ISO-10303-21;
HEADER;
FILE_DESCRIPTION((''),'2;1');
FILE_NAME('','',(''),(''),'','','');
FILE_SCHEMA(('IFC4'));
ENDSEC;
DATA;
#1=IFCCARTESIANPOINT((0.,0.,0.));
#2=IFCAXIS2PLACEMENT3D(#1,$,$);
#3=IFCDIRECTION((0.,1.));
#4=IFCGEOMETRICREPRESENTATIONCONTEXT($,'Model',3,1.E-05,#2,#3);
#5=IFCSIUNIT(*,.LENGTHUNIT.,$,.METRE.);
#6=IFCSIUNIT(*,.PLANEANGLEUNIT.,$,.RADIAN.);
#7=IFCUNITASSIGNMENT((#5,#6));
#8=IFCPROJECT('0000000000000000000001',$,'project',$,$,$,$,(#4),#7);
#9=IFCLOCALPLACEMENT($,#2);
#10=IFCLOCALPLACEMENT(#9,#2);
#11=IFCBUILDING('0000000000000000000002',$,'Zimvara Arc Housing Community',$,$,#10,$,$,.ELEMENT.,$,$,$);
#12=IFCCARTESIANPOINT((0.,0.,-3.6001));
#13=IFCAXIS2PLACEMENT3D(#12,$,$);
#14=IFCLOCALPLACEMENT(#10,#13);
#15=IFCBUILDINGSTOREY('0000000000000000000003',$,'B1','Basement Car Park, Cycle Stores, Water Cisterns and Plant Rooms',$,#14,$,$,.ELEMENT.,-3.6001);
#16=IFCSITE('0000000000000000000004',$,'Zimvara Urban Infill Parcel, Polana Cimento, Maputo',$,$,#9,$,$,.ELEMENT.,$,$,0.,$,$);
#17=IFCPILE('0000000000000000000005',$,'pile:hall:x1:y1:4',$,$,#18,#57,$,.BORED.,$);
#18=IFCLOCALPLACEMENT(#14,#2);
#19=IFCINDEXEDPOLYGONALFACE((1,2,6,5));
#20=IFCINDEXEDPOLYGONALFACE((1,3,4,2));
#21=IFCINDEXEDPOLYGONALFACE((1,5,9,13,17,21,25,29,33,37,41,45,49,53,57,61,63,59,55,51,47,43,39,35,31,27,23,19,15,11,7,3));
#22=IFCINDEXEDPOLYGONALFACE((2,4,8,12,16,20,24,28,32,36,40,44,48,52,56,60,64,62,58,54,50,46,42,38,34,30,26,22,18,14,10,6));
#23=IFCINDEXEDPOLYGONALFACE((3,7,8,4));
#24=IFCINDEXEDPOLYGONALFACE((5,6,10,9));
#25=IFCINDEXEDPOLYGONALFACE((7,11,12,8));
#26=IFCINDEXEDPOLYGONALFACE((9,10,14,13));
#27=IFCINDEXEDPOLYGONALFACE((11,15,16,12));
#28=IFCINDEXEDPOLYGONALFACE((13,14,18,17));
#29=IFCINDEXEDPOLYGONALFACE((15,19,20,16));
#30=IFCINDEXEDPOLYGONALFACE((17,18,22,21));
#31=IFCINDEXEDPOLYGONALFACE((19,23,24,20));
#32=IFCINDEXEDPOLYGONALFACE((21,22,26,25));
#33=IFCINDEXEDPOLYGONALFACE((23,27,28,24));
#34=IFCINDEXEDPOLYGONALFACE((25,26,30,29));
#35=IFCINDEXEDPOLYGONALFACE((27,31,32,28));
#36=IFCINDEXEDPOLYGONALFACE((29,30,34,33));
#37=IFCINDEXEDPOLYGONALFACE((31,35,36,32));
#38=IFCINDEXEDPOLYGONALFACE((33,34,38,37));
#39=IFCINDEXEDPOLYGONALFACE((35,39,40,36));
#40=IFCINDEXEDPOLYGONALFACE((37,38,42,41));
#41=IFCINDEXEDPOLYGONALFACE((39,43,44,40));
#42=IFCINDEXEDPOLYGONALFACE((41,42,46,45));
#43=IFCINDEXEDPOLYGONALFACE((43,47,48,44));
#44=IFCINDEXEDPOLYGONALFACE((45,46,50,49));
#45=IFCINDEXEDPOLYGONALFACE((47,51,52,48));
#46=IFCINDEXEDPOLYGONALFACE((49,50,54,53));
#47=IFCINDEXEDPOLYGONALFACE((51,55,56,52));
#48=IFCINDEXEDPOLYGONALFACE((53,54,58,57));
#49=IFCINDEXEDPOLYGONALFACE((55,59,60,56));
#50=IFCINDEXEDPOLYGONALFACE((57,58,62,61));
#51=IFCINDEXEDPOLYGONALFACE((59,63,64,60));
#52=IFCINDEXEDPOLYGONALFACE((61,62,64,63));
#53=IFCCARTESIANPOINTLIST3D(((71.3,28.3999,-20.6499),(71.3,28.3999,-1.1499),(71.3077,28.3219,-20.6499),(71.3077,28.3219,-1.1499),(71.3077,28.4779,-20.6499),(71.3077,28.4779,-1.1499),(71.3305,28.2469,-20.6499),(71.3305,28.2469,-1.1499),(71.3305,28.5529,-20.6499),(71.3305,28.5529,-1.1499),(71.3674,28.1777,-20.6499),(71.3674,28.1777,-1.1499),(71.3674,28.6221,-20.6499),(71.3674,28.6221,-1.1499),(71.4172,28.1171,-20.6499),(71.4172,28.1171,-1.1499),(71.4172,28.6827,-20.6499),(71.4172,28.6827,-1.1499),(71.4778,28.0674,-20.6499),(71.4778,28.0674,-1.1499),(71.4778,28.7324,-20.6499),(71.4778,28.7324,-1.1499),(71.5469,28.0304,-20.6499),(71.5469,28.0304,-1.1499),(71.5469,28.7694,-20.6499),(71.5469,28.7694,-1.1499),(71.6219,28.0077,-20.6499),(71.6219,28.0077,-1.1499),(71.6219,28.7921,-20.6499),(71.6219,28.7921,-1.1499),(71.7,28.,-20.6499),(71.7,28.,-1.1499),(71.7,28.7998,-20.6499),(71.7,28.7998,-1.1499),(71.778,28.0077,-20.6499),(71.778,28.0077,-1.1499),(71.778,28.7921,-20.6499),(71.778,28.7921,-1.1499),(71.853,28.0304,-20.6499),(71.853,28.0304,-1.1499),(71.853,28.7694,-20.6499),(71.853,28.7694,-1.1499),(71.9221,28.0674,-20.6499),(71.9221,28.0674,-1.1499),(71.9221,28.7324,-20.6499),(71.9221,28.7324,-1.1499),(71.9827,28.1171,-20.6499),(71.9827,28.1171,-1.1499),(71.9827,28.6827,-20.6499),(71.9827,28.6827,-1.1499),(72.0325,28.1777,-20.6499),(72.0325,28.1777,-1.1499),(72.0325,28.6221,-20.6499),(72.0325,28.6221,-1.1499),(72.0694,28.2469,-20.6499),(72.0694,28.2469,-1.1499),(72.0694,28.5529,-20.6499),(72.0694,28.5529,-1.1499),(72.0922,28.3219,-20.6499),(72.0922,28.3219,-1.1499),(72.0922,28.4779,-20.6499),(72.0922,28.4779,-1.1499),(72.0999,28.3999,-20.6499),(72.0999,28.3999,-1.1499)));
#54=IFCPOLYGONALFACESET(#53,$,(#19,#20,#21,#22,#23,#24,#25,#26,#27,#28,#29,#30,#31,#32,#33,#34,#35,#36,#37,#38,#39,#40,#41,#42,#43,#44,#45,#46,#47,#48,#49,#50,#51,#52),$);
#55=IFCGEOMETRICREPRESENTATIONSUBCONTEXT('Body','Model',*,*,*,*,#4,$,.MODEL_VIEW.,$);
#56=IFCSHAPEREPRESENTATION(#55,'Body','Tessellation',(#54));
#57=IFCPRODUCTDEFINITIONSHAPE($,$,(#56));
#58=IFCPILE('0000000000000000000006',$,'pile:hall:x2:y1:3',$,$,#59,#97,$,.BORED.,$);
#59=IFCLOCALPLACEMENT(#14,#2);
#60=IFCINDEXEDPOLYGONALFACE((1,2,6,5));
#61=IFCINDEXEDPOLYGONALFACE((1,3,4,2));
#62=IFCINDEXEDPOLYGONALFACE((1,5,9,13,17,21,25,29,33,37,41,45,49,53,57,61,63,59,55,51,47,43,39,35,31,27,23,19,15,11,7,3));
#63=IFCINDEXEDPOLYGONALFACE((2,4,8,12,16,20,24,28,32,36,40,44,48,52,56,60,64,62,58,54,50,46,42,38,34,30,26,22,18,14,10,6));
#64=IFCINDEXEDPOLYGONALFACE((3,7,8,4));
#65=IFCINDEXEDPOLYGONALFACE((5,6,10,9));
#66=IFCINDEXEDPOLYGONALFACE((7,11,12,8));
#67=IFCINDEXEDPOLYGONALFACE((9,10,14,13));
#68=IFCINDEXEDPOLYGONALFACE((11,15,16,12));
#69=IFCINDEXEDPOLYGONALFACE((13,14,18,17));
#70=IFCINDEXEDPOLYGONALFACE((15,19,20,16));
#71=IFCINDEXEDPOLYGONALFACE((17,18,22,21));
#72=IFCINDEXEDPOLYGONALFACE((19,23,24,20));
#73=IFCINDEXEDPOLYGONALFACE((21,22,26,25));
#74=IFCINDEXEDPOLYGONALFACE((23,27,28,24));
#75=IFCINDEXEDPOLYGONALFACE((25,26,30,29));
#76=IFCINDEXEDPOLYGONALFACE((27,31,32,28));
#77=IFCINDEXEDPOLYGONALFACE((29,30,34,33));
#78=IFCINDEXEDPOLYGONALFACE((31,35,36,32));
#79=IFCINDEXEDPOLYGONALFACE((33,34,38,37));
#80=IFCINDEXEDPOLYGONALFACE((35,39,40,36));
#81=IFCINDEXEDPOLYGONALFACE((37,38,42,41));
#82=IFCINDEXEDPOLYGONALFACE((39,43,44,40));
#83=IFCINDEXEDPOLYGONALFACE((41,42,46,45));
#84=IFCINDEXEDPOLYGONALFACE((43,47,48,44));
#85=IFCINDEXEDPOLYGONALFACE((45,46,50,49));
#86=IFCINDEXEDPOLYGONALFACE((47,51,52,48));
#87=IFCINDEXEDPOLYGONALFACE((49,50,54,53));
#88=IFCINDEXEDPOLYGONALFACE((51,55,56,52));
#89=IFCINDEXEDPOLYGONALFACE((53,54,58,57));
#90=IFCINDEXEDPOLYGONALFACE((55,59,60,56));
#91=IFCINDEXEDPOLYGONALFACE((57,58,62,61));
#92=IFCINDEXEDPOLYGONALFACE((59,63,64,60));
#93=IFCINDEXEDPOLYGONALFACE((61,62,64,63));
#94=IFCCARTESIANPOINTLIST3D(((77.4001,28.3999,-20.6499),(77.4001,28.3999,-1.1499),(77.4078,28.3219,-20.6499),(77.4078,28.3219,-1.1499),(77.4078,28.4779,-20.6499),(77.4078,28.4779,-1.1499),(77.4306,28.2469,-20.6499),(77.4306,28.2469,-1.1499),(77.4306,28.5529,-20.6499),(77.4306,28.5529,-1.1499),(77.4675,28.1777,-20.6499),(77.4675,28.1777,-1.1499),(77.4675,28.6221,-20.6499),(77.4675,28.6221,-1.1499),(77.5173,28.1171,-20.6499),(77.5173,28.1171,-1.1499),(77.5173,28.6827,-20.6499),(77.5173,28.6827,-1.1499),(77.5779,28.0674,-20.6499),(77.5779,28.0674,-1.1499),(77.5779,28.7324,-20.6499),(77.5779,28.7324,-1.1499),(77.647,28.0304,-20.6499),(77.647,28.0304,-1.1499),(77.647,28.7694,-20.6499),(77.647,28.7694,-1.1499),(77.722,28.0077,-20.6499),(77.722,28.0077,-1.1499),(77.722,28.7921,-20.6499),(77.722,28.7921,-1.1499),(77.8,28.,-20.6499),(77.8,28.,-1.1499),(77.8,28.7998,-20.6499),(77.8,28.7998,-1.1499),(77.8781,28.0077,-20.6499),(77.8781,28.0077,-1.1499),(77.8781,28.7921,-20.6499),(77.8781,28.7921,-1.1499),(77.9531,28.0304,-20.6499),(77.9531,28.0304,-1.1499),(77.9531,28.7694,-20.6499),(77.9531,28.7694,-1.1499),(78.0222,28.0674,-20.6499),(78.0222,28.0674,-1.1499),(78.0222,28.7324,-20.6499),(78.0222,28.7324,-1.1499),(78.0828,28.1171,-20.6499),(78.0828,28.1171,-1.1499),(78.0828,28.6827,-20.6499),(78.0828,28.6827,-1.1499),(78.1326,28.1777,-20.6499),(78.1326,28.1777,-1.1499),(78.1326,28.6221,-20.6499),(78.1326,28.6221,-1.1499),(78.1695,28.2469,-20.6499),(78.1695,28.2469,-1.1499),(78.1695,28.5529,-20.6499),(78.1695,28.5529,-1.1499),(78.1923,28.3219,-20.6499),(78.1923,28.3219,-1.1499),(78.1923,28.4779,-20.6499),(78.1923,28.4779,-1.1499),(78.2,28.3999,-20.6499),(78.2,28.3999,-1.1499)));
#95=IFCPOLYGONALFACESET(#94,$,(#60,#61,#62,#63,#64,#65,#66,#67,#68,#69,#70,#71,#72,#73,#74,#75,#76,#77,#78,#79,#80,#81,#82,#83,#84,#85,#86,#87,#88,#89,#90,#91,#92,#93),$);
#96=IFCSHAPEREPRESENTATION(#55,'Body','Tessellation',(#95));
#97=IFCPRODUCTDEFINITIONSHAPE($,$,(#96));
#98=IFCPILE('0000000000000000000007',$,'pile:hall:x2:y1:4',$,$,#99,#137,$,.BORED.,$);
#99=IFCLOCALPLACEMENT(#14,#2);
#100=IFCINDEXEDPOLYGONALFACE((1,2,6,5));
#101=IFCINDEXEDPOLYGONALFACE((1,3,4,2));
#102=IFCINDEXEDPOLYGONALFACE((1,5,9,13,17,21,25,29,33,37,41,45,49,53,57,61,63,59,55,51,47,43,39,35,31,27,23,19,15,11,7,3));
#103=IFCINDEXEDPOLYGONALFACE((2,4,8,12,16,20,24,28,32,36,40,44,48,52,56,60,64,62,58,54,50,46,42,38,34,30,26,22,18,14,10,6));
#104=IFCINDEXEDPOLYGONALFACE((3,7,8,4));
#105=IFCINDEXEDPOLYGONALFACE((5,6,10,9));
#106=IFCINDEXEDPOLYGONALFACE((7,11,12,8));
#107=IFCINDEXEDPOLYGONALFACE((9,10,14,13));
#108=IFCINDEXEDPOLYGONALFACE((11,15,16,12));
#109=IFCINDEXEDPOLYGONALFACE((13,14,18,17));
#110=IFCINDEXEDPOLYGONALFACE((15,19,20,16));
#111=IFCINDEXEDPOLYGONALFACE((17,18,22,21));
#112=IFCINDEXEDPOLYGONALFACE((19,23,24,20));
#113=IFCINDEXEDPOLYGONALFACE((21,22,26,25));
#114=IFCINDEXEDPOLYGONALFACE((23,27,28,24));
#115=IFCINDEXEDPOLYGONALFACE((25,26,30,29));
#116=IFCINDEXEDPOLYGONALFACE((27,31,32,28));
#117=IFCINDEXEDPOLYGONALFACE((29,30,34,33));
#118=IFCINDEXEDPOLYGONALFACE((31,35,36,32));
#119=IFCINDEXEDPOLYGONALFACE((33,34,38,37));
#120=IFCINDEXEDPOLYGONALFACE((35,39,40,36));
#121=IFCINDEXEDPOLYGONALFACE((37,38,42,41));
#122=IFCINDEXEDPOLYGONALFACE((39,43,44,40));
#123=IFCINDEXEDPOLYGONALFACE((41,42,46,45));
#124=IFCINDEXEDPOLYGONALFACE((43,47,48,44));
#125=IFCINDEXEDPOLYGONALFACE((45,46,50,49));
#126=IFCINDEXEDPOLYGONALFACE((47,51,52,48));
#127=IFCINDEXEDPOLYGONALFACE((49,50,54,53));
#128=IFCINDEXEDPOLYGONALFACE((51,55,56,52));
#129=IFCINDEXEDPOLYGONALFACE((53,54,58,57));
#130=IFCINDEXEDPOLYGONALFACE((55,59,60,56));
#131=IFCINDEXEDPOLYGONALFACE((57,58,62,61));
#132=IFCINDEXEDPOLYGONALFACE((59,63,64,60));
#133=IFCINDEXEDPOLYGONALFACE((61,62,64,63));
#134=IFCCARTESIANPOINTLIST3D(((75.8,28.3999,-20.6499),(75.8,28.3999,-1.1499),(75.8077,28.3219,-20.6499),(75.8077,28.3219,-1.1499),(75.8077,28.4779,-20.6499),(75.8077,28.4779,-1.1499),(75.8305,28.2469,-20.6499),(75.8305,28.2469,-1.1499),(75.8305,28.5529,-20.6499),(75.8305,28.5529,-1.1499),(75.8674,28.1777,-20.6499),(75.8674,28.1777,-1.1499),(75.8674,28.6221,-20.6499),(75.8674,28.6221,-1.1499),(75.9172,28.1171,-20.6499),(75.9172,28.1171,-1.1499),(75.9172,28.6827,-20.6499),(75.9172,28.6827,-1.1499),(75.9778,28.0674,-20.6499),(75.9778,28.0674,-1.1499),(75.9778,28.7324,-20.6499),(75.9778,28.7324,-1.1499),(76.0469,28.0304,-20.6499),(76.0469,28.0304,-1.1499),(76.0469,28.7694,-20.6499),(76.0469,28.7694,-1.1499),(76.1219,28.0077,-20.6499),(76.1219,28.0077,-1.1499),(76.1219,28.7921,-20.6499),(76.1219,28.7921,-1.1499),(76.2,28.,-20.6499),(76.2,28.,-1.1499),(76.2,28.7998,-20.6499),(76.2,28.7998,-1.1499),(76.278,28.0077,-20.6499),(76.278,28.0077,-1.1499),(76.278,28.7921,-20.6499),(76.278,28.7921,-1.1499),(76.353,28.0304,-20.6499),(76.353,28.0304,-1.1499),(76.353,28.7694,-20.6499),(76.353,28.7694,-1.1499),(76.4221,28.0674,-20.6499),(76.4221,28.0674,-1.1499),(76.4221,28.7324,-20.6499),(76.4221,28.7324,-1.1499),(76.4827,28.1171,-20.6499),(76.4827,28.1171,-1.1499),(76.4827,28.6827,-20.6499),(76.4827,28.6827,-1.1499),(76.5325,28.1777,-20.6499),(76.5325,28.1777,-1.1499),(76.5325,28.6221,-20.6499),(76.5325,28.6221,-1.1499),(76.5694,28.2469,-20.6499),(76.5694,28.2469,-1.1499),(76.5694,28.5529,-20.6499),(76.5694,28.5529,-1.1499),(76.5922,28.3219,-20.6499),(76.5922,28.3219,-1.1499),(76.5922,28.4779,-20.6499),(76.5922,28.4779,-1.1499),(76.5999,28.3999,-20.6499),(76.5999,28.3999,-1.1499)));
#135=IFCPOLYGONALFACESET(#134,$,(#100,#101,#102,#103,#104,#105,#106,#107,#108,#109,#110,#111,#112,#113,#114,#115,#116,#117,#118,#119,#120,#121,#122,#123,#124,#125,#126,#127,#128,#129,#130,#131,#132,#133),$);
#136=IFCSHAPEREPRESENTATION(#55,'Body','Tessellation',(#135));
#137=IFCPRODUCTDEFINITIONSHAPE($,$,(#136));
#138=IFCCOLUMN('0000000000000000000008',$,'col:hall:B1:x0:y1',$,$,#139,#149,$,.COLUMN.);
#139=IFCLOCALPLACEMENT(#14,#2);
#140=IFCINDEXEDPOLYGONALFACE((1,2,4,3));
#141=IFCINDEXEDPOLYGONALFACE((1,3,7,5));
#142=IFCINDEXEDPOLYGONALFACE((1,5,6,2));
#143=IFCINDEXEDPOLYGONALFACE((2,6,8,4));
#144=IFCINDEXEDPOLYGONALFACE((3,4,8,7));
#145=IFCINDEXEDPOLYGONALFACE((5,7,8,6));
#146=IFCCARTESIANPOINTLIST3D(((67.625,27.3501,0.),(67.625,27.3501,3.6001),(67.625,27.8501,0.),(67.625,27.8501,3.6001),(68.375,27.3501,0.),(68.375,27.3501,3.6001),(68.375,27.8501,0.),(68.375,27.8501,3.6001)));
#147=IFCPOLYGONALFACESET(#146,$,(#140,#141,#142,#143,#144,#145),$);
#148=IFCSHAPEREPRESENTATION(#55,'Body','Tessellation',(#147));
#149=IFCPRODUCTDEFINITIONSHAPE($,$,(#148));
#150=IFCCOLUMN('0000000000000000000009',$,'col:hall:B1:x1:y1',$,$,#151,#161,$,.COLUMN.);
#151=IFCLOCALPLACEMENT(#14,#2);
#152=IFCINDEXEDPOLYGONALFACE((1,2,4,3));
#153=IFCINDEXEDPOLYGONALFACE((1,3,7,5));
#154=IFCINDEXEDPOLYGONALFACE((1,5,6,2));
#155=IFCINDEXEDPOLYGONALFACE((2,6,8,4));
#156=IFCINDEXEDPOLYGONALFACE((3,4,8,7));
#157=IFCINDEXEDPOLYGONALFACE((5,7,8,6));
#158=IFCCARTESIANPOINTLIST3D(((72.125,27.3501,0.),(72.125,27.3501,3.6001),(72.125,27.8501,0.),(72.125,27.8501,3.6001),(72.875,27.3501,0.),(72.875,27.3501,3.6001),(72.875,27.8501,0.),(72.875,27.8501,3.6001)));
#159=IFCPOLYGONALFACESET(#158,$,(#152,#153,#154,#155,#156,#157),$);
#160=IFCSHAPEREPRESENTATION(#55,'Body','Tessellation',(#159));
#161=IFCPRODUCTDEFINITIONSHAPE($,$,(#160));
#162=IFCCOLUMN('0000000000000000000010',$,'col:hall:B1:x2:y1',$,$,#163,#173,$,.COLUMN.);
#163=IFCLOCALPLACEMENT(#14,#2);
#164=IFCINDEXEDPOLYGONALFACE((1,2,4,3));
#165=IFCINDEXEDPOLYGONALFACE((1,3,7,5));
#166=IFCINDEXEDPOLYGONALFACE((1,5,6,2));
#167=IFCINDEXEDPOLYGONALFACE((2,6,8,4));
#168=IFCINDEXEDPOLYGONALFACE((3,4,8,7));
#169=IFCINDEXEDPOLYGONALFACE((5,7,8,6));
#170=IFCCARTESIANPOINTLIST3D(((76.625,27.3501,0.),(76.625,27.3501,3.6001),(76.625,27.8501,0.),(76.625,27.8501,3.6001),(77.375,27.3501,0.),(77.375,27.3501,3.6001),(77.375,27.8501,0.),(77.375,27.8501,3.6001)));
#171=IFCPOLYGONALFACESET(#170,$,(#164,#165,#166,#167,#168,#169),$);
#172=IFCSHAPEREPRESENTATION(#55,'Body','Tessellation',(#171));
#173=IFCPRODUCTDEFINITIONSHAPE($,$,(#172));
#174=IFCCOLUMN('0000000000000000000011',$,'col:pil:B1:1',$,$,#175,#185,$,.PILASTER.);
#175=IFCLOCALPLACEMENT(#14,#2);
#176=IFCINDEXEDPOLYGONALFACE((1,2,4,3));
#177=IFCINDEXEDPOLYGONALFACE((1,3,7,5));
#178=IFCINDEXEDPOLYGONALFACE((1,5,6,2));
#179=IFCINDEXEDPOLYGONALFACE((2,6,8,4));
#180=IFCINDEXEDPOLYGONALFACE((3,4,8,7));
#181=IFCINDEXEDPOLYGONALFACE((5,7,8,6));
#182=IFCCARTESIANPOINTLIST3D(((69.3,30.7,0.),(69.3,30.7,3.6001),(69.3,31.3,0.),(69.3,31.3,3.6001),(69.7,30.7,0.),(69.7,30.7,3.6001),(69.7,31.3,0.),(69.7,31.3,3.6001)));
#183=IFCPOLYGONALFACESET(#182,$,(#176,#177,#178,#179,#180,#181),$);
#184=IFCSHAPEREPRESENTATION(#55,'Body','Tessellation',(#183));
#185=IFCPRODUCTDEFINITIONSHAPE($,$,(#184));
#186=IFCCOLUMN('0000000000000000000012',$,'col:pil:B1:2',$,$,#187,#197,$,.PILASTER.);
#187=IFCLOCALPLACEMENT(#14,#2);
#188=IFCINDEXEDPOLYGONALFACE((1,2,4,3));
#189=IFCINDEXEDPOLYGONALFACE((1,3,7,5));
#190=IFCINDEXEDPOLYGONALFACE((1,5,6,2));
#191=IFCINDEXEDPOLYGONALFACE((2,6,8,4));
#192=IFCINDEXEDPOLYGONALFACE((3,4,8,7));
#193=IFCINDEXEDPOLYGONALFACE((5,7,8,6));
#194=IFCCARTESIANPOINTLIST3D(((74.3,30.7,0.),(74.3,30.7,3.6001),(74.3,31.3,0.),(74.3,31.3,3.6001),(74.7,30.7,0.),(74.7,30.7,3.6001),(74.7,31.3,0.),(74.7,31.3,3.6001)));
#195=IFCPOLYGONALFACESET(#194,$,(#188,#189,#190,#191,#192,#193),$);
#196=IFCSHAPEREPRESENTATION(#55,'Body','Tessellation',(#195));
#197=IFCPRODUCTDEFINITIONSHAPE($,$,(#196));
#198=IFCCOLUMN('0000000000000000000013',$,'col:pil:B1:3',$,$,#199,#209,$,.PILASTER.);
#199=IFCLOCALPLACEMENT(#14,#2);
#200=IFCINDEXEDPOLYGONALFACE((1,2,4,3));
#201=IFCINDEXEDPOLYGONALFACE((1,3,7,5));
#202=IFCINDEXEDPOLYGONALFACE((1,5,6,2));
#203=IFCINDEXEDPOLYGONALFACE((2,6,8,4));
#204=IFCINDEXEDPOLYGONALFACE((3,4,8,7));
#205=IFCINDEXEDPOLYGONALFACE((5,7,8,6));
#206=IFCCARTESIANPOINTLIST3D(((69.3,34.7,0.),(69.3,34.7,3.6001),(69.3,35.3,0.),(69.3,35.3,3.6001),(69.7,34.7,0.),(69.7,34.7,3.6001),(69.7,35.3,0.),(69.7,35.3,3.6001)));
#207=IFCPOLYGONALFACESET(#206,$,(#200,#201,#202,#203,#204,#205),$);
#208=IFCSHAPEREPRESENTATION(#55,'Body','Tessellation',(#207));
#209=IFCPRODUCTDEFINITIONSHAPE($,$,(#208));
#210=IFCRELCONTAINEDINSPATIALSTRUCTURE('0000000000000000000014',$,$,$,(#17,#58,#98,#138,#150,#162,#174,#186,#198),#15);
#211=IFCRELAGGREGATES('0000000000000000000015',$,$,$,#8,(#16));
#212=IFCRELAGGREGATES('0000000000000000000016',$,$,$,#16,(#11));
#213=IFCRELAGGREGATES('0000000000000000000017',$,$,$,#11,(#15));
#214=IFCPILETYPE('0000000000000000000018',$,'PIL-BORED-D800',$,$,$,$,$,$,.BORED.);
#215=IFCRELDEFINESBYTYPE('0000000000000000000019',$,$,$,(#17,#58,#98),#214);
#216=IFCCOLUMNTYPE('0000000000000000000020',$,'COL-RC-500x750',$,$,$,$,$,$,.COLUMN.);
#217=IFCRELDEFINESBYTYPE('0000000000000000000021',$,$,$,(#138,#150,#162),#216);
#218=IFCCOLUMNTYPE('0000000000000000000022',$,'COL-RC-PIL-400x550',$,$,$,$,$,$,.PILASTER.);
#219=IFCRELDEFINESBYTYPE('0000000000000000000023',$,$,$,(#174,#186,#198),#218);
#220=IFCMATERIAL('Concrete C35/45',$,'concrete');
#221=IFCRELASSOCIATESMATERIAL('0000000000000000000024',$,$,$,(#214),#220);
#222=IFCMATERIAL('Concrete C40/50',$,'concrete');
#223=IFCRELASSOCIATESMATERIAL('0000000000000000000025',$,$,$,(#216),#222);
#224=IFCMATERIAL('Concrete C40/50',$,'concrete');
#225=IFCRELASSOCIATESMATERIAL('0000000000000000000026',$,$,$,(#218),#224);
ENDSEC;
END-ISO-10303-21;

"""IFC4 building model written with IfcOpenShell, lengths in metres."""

from ifc_helpers import new_model, si_unit, direction, frame, origin, origin_2d, place, context, subcontext, project, spatial, rectangle, circle, extrude, material, material_profile, profile_set, type_object, element, save


model = new_model("IFC4")

# Units and contexts
model_context = context("Model", 3, precision=1e-05, world=origin(), true_north=direction((0.0, 1.0)))
body_context = subcontext(model_context, "Body", "Model", "MODEL_VIEW")
ifc_project = project(units=[si_unit("LENGTHUNIT", "METRE"), si_unit("PLANEANGLEUNIT", "RADIAN")], contexts=[model_context])

# Site, building, storey
site_placement = place(None, origin())
site = spatial("IfcSite", under=ifc_project, at=site_placement, Name="Zimvara Urban Infill Parcel, Polana Cimento, Maputo", CompositionType="ELEMENT", RefElevation=0.0)
building_placement = place(site_placement, origin())
building = spatial("IfcBuilding", under=site, at=building_placement, Name="Zimvara Arc Housing Community", CompositionType="ELEMENT")
storey_placement = place(building_placement, frame((0.0, 0.0, -3.6001)))
storey = spatial("IfcBuildingStorey", under=building, at=storey_placement, Name="B1", Description="Basement Car Park, Cycle Stores, Water Cisterns and Plant Rooms", CompositionType="ELEMENT", Elevation=-3.6001)

# Piles
ifc_material_1 = material(Name="Concrete C35/45", Category="concrete")
ifc_material_profile_1 = material_profile(ifc_material_1, circle(Radius=0.3999, at=origin_2d()), Name="PILE D800")
ifc_profile_set_1 = profile_set([ifc_material_profile_1], Name="Concrete C35/45")
pile_type = type_object("IfcPileType", Name="PIL-BORED-D800", PredefinedType="BORED", material=ifc_profile_set_1)
for number, where, z_axis, x_axis, name in (
    (1, (71.7, 28.3999, -1.1499), (0.0, 0.0, -1.0), (1.0, 0.0, 0.0), "pile:hall:x1:y1:4"),
    (2, (77.8, 28.3999, -1.1499), (0.0, 0.0, -1.0), (1.0, 0.0, 0.0), "pile:hall:x2:y1:3"),
    (3, (76.2, 28.3999, -1.1499), (0.0, 0.0, -1.0), (1.0, 0.0, 0.0), "pile:hall:x2:y1:4"),
):
    element("IfcPile", number, at=place(storey_placement, frame(where, z_axis=z_axis, x_axis=x_axis)), inside=storey, type_object=pile_type, Name=name, PredefinedType="BORED", context=body_context, shape_type="SweptSolid", body=[
        extrude(circle(Radius=0.3999, at=origin_2d()), origin(), (0.0, 0.0, 1.0), 19.5),
    ])

# Columns
ifc_material_2 = material(Name="Concrete C40/50", Category="concrete")
ifc_material_profile_2 = material_profile(ifc_material_2, rectangle(XDim=0.5, YDim=0.75, at=origin_2d()), Name="RC 500x750")
ifc_profile_set_2 = profile_set([ifc_material_profile_2], Name="Concrete C40/50")
column_type_1 = type_object("IfcColumnType", Name="COL-RC-500x750", PredefinedType="COLUMN", material=ifc_profile_set_2)
for number, where, z_axis, x_axis, name in (
    (4, (68.0, 27.6001, 0.0), (0.0, 0.0, 1.0), (0.0, 1.0, 0.0), "col:hall:B1:x0:y1"),
    (5, (72.5, 27.6001, 0.0), (0.0, 0.0, 1.0), (0.0, 1.0, 0.0), "col:hall:B1:x1:y1"),
    (6, (77.0, 27.6001, 0.0), (0.0, 0.0, 1.0), (0.0, 1.0, 0.0), "col:hall:B1:x2:y1"),
):
    element("IfcColumn", number, at=place(storey_placement, frame(where, z_axis=z_axis, x_axis=x_axis)), inside=storey, type_object=column_type_1, Name=name, PredefinedType="COLUMN", context=body_context, shape_type="SweptSolid", body=[
        extrude(rectangle(XDim=0.5, YDim=0.75, at=origin_2d()), origin(), (0.0, 0.0, 1.0), 3.6001),
    ])
ifc_material_3 = material(Name="Concrete C40/50", Category="concrete")
ifc_material_profile_3 = material_profile(ifc_material_3, rectangle(XDim=0.3999, YDim=0.6001, at=origin_2d()), Name="RC 400x600")
ifc_profile_set_3 = profile_set([ifc_material_profile_3], Name="Concrete C40/50")
column_type_2 = type_object("IfcColumnType", Name="COL-RC-PIL-400x550", PredefinedType="PILASTER", material=ifc_profile_set_3)
for number, where, z_axis, x_axis, name in (
    (7, (69.5, 31.0, 0.0), (0.0, 0.0, 1.0), (1.0, 0.0, 0.0), "col:pil:B1:1"),
    (8, (74.5, 31.0, 0.0), (0.0, 0.0, 1.0), (1.0, 0.0, 0.0), "col:pil:B1:2"),
    (9, (69.5, 35.0, 0.0), (0.0, 0.0, 1.0), (1.0, 0.0, 0.0), "col:pil:B1:3"),
):
    element("IfcColumn", number, at=place(storey_placement, frame(where, z_axis=z_axis, x_axis=x_axis)), inside=storey, type_object=column_type_2, Name=name, PredefinedType="PILASTER", context=body_context, shape_type="SweptSolid", body=[
        extrude(rectangle(XDim=0.3999, YDim=0.6001, at=origin_2d()), origin(), (0.0, 0.0, 1.0), 3.6001),
    ])

save(model, "model.ifc")
